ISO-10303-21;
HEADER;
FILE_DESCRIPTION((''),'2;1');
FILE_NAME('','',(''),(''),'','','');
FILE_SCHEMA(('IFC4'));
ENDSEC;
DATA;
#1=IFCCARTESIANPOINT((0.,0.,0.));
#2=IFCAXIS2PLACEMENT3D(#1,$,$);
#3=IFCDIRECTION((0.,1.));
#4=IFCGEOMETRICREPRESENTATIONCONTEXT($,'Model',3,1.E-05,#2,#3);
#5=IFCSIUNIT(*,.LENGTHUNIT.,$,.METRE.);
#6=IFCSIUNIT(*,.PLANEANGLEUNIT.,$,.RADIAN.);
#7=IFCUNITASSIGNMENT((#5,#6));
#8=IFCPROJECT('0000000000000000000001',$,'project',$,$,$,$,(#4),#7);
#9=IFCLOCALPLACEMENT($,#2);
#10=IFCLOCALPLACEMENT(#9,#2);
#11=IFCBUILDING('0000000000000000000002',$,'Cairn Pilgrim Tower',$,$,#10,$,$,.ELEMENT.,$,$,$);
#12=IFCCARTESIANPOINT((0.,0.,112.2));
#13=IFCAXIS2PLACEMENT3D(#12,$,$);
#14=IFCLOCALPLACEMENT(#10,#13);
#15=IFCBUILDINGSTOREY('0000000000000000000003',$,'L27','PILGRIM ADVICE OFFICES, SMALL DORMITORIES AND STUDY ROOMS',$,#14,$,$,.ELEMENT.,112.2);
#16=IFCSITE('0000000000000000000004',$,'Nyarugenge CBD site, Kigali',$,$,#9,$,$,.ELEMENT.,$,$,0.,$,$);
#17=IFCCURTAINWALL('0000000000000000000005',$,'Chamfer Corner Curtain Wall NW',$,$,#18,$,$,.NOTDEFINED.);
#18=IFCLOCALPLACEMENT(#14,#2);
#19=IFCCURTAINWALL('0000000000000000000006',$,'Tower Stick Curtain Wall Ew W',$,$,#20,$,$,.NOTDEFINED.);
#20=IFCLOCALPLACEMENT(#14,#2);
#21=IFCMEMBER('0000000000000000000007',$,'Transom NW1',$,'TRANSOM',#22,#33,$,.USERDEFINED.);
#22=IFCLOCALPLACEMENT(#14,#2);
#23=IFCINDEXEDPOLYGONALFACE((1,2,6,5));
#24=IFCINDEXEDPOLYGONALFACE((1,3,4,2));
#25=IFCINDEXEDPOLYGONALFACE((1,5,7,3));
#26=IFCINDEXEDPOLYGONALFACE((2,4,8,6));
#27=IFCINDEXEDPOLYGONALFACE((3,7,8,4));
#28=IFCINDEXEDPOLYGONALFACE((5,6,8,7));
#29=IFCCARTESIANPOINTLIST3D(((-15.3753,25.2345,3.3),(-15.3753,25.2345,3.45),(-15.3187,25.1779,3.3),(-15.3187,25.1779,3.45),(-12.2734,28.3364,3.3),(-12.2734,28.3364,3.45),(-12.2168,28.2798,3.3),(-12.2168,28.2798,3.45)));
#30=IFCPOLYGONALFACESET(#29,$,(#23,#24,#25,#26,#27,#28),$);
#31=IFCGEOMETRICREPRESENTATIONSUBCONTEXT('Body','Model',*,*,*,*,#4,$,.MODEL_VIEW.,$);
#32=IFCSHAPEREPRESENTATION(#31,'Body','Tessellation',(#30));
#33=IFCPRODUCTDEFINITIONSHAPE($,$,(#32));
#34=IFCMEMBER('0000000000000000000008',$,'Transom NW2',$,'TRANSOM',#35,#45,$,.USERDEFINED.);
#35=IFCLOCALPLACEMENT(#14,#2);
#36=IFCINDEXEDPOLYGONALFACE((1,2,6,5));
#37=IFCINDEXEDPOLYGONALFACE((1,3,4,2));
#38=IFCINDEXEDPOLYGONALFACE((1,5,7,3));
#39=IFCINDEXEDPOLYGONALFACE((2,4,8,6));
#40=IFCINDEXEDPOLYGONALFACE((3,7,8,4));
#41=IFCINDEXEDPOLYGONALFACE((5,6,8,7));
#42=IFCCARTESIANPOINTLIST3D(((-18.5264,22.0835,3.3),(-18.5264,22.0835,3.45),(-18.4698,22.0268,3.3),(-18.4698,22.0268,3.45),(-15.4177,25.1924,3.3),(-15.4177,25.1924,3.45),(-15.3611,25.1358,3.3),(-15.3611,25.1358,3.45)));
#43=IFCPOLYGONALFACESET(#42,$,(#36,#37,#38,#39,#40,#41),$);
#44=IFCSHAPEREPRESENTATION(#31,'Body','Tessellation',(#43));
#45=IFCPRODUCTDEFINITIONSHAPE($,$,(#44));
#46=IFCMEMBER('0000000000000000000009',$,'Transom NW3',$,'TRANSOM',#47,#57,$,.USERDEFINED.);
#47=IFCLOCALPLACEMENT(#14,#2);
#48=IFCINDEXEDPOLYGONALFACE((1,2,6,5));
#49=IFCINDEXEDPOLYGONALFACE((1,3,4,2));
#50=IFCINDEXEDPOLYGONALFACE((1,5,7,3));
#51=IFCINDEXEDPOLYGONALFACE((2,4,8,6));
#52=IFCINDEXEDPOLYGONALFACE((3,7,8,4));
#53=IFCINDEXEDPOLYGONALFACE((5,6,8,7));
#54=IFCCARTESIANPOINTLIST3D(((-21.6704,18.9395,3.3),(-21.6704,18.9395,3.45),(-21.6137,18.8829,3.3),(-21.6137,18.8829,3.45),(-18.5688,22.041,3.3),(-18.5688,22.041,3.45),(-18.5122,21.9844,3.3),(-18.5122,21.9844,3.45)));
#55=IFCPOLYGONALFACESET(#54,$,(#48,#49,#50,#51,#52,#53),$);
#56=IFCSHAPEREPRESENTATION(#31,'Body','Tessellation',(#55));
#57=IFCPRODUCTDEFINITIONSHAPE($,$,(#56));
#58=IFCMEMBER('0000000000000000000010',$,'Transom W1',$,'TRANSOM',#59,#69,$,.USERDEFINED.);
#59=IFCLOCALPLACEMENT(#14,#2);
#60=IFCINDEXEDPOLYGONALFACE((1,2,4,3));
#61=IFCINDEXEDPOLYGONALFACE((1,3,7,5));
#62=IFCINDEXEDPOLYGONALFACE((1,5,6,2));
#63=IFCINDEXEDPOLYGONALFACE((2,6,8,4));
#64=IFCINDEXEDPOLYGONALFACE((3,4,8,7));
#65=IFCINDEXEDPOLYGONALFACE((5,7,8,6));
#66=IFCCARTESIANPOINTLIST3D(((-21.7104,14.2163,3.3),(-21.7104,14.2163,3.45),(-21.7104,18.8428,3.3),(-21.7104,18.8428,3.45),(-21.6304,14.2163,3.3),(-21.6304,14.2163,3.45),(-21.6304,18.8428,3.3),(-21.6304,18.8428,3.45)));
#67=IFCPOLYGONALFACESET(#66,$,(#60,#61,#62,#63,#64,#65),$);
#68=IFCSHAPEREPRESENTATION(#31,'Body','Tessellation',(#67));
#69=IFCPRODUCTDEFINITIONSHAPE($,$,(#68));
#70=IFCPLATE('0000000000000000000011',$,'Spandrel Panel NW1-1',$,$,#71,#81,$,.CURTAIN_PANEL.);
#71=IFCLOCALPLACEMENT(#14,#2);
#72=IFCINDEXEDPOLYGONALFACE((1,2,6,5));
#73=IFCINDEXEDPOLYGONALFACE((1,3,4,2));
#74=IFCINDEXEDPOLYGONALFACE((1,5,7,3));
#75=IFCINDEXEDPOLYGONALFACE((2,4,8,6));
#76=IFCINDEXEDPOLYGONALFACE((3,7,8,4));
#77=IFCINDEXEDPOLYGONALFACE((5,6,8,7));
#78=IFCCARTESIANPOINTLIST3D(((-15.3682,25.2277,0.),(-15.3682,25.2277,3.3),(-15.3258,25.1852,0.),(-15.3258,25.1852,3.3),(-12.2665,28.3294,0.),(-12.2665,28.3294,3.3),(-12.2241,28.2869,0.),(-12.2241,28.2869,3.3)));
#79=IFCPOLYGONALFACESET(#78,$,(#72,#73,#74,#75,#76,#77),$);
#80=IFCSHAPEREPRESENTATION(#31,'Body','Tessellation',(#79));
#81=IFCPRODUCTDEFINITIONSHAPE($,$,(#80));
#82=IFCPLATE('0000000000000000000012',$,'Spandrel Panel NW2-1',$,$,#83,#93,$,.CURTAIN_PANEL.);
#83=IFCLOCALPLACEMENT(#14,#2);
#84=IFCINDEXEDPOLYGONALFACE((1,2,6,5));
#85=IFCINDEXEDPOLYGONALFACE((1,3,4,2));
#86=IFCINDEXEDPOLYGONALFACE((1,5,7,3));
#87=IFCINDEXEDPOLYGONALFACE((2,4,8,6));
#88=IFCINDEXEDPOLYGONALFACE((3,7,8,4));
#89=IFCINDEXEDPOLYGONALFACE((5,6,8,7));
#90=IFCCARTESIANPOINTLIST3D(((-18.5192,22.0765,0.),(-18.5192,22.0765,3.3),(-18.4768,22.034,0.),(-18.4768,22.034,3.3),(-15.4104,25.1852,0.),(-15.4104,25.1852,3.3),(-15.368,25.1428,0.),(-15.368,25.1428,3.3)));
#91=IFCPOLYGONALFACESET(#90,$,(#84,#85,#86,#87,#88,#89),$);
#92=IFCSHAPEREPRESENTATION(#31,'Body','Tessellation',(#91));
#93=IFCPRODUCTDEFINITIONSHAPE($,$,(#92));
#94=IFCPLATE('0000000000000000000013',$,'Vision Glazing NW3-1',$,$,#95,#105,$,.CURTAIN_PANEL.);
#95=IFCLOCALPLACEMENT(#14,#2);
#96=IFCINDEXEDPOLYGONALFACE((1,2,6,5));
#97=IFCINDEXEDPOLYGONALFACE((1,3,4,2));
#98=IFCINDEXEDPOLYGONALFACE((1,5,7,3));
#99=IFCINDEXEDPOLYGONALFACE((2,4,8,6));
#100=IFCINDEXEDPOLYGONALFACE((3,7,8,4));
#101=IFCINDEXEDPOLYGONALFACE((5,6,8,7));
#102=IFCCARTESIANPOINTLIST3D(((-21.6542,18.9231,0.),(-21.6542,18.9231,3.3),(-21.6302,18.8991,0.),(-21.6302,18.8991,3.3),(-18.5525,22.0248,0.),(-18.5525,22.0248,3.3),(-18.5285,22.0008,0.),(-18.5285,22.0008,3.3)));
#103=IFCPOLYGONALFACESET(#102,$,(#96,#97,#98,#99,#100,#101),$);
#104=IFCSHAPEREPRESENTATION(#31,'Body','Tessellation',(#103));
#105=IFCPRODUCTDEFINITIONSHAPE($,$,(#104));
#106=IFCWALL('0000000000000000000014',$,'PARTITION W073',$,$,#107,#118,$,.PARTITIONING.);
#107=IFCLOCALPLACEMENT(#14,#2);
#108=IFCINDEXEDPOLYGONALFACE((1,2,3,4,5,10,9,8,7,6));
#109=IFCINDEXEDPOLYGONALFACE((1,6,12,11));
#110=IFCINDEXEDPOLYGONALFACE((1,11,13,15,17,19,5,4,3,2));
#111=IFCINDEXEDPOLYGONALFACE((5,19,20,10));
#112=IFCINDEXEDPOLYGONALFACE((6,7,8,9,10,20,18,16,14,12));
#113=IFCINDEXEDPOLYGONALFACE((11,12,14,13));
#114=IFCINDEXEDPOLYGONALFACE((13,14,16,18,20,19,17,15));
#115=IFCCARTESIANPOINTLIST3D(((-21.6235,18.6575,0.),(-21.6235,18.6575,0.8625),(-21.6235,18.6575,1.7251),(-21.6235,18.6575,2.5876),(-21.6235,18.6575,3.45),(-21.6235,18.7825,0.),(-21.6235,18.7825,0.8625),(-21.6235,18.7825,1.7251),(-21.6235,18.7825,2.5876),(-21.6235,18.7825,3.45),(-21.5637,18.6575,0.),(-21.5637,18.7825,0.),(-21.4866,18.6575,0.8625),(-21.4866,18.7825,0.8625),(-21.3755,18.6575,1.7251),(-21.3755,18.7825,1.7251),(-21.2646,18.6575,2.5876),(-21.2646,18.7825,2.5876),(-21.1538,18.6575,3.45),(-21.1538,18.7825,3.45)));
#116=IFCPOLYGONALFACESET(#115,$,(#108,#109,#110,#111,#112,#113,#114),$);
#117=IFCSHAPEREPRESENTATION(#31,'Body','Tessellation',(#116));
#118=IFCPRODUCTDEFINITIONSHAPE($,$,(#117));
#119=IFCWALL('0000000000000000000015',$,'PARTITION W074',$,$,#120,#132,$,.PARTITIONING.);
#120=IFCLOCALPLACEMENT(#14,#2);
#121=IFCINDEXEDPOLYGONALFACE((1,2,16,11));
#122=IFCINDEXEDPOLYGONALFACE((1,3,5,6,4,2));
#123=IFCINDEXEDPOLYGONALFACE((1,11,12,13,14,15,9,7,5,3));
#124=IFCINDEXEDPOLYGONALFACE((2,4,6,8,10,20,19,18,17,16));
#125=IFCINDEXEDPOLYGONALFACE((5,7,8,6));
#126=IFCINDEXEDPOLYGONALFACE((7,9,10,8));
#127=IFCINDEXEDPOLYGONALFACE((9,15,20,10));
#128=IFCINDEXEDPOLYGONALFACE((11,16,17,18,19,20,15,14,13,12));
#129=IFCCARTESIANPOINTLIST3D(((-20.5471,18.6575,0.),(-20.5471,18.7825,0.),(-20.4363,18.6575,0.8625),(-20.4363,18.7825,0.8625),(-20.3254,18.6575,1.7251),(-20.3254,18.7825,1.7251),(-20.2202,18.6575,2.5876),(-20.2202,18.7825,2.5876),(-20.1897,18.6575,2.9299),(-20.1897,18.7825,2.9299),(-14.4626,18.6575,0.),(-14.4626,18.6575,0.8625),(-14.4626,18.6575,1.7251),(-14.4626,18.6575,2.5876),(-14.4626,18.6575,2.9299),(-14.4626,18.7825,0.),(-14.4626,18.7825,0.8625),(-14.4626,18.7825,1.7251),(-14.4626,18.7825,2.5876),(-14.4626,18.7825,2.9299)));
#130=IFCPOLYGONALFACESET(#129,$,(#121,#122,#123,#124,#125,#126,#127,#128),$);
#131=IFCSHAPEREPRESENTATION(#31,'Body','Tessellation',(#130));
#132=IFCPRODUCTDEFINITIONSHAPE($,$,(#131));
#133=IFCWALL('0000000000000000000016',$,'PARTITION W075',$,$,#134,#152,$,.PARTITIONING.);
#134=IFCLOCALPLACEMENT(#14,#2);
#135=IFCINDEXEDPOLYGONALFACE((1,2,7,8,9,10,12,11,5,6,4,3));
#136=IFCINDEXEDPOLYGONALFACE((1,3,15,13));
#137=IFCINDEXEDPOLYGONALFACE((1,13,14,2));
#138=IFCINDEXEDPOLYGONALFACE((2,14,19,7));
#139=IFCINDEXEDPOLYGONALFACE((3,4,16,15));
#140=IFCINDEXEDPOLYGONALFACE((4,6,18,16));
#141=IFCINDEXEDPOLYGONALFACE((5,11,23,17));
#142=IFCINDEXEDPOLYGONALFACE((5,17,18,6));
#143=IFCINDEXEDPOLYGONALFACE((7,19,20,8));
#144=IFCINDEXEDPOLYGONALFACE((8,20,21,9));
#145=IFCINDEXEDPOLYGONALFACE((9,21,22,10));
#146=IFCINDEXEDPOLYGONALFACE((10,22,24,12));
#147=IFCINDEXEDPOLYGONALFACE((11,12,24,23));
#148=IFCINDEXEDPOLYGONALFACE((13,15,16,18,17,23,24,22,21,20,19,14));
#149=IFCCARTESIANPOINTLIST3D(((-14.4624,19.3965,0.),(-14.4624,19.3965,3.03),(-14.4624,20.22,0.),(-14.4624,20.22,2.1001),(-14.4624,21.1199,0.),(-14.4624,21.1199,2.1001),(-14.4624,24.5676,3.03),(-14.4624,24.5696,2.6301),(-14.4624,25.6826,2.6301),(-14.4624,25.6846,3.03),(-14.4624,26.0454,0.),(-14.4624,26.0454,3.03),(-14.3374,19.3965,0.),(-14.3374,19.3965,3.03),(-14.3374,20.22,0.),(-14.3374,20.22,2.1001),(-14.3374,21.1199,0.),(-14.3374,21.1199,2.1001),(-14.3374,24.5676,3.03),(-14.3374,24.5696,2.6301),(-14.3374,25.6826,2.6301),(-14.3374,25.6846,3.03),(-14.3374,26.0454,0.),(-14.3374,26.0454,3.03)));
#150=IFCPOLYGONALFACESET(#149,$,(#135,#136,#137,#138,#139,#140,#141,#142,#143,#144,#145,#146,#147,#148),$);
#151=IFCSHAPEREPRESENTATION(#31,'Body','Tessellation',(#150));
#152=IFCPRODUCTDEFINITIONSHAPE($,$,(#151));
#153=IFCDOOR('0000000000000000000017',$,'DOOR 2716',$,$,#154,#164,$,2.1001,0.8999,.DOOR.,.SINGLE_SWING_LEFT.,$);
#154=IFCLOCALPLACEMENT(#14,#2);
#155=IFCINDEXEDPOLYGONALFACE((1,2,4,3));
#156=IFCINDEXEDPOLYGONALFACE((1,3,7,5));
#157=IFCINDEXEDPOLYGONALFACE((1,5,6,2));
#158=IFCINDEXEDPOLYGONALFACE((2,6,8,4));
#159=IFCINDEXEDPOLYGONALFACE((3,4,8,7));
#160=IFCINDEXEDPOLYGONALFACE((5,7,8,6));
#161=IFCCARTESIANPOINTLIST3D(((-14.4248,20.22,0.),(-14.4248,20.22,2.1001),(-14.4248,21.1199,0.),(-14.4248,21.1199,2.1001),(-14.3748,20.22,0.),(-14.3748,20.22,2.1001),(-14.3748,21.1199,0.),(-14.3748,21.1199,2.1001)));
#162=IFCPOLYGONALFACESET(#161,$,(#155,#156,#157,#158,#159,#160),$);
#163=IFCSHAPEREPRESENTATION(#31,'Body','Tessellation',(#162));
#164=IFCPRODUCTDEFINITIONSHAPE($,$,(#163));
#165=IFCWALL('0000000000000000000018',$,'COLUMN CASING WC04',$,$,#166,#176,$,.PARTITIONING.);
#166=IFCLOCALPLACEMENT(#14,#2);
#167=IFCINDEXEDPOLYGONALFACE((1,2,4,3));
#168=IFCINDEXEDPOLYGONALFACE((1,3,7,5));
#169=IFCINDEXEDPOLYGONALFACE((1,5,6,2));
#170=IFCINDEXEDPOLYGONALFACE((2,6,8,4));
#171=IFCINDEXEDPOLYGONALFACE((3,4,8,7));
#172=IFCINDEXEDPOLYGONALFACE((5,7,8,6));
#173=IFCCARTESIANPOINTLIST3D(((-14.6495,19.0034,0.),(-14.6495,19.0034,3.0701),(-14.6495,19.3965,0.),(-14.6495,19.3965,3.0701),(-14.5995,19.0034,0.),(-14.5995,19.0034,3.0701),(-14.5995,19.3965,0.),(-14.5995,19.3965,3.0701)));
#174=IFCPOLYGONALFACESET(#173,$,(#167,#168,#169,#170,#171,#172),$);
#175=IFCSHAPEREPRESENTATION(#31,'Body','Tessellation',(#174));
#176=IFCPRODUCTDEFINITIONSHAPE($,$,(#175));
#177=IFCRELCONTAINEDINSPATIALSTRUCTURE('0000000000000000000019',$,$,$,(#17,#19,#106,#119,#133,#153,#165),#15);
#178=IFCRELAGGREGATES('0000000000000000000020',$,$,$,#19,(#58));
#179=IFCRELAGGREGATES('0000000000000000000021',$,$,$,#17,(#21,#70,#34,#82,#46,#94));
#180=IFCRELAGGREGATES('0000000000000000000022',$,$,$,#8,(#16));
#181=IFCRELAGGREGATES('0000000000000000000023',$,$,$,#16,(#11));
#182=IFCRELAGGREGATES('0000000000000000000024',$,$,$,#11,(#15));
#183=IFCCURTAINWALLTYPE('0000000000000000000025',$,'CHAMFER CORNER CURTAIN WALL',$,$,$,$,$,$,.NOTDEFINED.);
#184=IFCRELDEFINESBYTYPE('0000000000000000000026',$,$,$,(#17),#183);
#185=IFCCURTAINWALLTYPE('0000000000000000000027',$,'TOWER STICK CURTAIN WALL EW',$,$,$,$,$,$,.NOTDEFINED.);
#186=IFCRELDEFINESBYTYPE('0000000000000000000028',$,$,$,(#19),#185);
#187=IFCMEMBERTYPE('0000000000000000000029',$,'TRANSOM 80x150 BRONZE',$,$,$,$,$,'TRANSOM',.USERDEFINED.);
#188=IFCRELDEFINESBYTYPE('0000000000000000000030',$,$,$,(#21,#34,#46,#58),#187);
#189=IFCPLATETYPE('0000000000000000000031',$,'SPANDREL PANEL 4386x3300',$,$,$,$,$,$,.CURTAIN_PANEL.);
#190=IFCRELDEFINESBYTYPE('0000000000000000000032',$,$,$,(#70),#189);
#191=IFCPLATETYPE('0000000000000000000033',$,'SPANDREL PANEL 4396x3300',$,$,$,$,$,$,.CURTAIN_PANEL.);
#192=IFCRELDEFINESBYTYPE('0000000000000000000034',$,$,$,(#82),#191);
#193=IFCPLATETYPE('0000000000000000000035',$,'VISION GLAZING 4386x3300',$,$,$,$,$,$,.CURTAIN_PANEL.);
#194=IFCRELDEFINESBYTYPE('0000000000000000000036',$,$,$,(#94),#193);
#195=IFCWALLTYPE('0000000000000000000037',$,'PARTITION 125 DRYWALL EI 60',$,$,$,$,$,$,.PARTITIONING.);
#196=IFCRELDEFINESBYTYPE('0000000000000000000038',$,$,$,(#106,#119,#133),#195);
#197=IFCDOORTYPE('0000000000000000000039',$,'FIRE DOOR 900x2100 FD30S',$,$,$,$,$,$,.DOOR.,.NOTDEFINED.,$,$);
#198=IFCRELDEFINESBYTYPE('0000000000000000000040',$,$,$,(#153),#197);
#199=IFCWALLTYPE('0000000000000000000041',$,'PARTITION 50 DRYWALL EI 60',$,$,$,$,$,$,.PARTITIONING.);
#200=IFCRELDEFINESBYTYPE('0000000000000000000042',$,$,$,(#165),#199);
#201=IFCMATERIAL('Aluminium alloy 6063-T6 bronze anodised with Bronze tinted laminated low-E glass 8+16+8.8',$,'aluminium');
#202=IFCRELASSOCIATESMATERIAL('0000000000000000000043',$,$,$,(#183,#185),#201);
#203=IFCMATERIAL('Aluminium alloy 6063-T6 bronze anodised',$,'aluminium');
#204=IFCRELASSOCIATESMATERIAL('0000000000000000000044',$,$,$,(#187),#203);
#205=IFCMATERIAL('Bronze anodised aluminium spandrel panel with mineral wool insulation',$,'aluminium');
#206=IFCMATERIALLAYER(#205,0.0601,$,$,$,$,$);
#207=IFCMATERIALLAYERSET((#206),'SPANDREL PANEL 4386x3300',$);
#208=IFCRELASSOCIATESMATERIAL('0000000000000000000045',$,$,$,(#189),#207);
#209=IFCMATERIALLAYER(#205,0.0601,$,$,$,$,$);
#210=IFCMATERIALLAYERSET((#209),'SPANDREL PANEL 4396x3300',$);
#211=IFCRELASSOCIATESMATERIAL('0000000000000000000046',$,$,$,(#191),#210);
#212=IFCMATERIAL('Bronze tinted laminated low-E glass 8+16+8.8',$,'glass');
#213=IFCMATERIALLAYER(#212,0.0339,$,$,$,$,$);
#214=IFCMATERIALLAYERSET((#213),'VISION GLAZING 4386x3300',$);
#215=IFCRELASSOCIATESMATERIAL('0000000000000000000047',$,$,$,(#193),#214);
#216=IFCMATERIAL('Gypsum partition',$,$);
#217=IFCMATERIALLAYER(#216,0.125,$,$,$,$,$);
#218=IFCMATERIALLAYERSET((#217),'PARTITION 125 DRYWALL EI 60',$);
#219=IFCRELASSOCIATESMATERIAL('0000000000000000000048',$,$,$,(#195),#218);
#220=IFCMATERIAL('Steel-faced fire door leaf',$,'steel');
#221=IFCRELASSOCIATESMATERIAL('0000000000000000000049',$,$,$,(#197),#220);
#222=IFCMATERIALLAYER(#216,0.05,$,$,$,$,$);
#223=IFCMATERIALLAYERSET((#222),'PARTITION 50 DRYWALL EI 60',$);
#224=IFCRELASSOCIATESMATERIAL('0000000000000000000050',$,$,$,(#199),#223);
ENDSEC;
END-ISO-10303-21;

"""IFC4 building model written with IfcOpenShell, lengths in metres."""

from ifc_helpers import new_model, si_unit, direction, frame, frame_2d, origin, origin_2d, place, context, subcontext, project, spatial, polyline, rectangle, outline, extrude, material, layer, layer_set, material_profile, profile_set, type_object, element, fill, aggregate, save


model = new_model("IFC4")

# Units and contexts
model_context = context("Model", 3, precision=1e-05, world=origin(), true_north=direction((0.0, 1.0)))
body_context = subcontext(model_context, "Body", "Model", "MODEL_VIEW")
ifc_project = project(units=[si_unit("LENGTHUNIT", "METRE"), si_unit("PLANEANGLEUNIT", "RADIAN")], contexts=[model_context])

# Site, building, storey
site_placement = place(None, origin())
site = spatial("IfcSite", under=ifc_project, at=site_placement, Name="Nyarugenge CBD site, Kigali", CompositionType="ELEMENT", RefElevation=0.0)
building_placement = place(site_placement, origin())
building = spatial("IfcBuilding", under=site, at=building_placement, Name="Cairn Pilgrim Tower", CompositionType="ELEMENT")
storey_placement = place(building_placement, frame((0.0, 0.0, 112.2)))
storey = spatial("IfcBuildingStorey", under=building, at=storey_placement, Name="L27", Description="PILGRIM ADVICE OFFICES, SMALL DORMITORIES AND STUDY ROOMS", CompositionType="ELEMENT", Elevation=112.2)

# Curtain wall
ifc_material_1 = material(Name="Aluminium alloy 6063-T6 bronze anodised with Bronze tinted laminated low-E glass 8+16+8.8", Category="aluminium")
curtain_wall_type_1 = type_object("IfcCurtainWallType", Name="CHAMFER CORNER CURTAIN WALL", PredefinedType="NOTDEFINED", material=ifc_material_1)
curtain_wall_1_placement = place(storey_placement, origin())
curtain_wall_1 = element("IfcCurtainWall", 1, at=curtain_wall_1_placement, inside=storey, type_object=curtain_wall_type_1, Name="Chamfer Corner Curtain Wall NW", PredefinedType="NOTDEFINED")
ifc_material_2 = material(Name="Aluminium alloy 6063-T6 bronze anodised", Category="aluminium")

# Curtain wall
curtain_wall_type_2 = type_object("IfcCurtainWallType", Name="TOWER STICK CURTAIN WALL EW", PredefinedType="NOTDEFINED", material=ifc_material_1)
curtain_wall_2_placement = place(storey_placement, origin())
curtain_wall_2 = element("IfcCurtainWall", 2, at=curtain_wall_2_placement, inside=storey, type_object=curtain_wall_type_2, Name="Tower Stick Curtain Wall Ew W", PredefinedType="NOTDEFINED")

# Members
ifc_material_profile_1 = material_profile(ifc_material_2, rectangle(XDim=0.0801, YDim=0.1499, at=origin_2d()), Name="TRANSOM 80x150 BRONZE")
ifc_profile_set_1 = profile_set([ifc_material_profile_1], Name="Aluminium alloy 6063-T6 bronze anodised")
member_type_1 = type_object("IfcMemberType", Name="TRANSOM 80x150 BRONZE", ElementType="TRANSOM", PredefinedType="USERDEFINED", material=ifc_profile_set_1)
member_1_placement = place(storey_placement, frame((-12.2451, 28.3081, 3.375), z_axis=(-0.707107, -0.707107, 0.0), x_axis=(0.707107, -0.707107, 0.0)))
member_1 = element("IfcMember", 3, at=member_1_placement, type_object=member_type_1, Name="Transom NW1", ObjectType="TRANSOM", PredefinedType="USERDEFINED", context=body_context, shape_type="SweptSolid", body=[
    extrude(rectangle(XDim=0.0801, YDim=0.1499, at=origin_2d()), origin(), (0.0, 0.0, 1.0), 4.3867),
])
member_2_placement = place(storey_placement, frame((-15.3894, 25.1641, 3.375), z_axis=(-0.707079, -0.707135, 0.0), x_axis=(0.707135, -0.707079, 0.0)))
member_2 = element("IfcMember", 4, at=member_2_placement, type_object=member_type_1, Name="Transom NW2", ObjectType="TRANSOM", PredefinedType="USERDEFINED", context=body_context, shape_type="SweptSolid", body=[
    extrude(rectangle(XDim=0.0801, YDim=0.1499, at=origin_2d()), origin(), (0.0, 0.0, 1.0), 4.3965),
])
member_3_placement = place(storey_placement, frame((-18.5405, 22.0127, 3.375), z_axis=(-0.707107, -0.707107, 0.0), x_axis=(0.707107, -0.707107, 0.0)))
member_3 = element("IfcMember", 5, at=member_3_placement, type_object=member_type_1, Name="Transom NW3", ObjectType="TRANSOM", PredefinedType="USERDEFINED", context=body_context, shape_type="SweptSolid", body=[
    extrude(rectangle(XDim=0.0801, YDim=0.1499, at=origin_2d()), origin(), (0.0, 0.0, 1.0), 4.3862),
])
member_4_placement = place(storey_placement, frame((-21.6704, 18.8428, 3.375), z_axis=(0.0, -1.0, 0.0), x_axis=(1.0, 0.0, 0.0)))
member_4 = element("IfcMember", 6, at=member_4_placement, type_object=member_type_1, Name="Transom W1", ObjectType="TRANSOM", PredefinedType="USERDEFINED", context=body_context, shape_type="SweptSolid", body=[
    extrude(rectangle(XDim=0.0801, YDim=0.1499, at=origin_2d()), origin(), (0.0, 0.0, 1.0), 4.6265),
])
aggregate(curtain_wall_2, [member_4])

# Plates
ifc_material_3 = material(Name="Bronze anodised aluminium spandrel panel with mineral wool insulation", Category="aluminium")
ifc_layer_1 = layer(ifc_material_3, 0.0601)
ifc_layer_set_1 = layer_set([ifc_layer_1], Name="SPANDREL PANEL 4386x3300")
plate_type_1 = type_object("IfcPlateType", Name="SPANDREL PANEL 4386x3300", PredefinedType="CURTAIN_PANEL", material=ifc_layer_set_1)
plate_1_placement = place(storey_placement, frame((-13.7961, 26.7573, 0.0), z_axis=(0.0, 0.0, 1.0), x_axis=(-0.707107, -0.707107, 0.0)))
plate_1 = element("IfcPlate", 7, at=plate_1_placement, type_object=plate_type_1, Name="Spandrel Panel NW1-1", PredefinedType="CURTAIN_PANEL", context=body_context, shape_type="SweptSolid", body=[
    extrude(rectangle(XDim=4.3865, YDim=0.0601, at=origin_2d()), origin(), (0.0, 0.0, 1.0), 3.3),
])
ifc_layer_2 = layer(ifc_material_3, 0.0601)
ifc_layer_set_2 = layer_set([ifc_layer_2], Name="SPANDREL PANEL 4396x3300")
plate_type_2 = type_object("IfcPlateType", Name="SPANDREL PANEL 4396x3300", PredefinedType="CURTAIN_PANEL", material=ifc_layer_set_2)
plate_2_placement = place(storey_placement, frame((-16.9436, 23.6096, 0.0), z_axis=(0.0, 0.0, 1.0), x_axis=(-0.707107, -0.707107, 0.0)))
plate_2 = element("IfcPlate", 8, at=plate_2_placement, type_object=plate_type_2, Name="Spandrel Panel NW2-1", PredefinedType="CURTAIN_PANEL", context=body_context, shape_type="SweptSolid", body=[
    extrude(rectangle(XDim=4.3965, YDim=0.0601, at=origin_2d()), origin(), (0.0, 0.0, 1.0), 3.3),
])
ifc_material_4 = material(Name="Bronze tinted laminated low-E glass 8+16+8.8", Category="glass")
ifc_layer_3 = layer(ifc_material_4, 0.0339)
ifc_layer_set_3 = layer_set([ifc_layer_3], Name="VISION GLAZING 4386x3300")
plate_type_3 = type_object("IfcPlateType", Name="VISION GLAZING 4386x3300", PredefinedType="CURTAIN_PANEL", material=ifc_layer_set_3)
plate_3_placement = place(storey_placement, frame((-20.0913, 20.4619, 0.0), z_axis=(0.0, 0.0, 1.0), x_axis=(-0.707107, -0.707107, 0.0)))
plate_3 = element("IfcPlate", 9, at=plate_3_placement, type_object=plate_type_3, Name="Vision Glazing NW3-1", PredefinedType="CURTAIN_PANEL", context=body_context, shape_type="SweptSolid", body=[
    extrude(rectangle(XDim=4.3865, YDim=0.0339, at=origin_2d()), origin(), (0.0, 0.0, 1.0), 3.3),
])
aggregate(curtain_wall_1, [member_1, plate_1, member_2, plate_2, member_3, plate_3])

# Walls
ifc_material_5 = material(Name="Gypsum partition")
ifc_layer_4 = layer(ifc_material_5, 0.125)
ifc_layer_set_4 = layer_set([ifc_layer_4], Name="PARTITION 125 DRYWALL EI 60")
wall_type_1 = type_object("IfcWallType", Name="PARTITION 125 DRYWALL EI 60", PredefinedType="PARTITIONING", material=ifc_layer_set_4)
wall_1_placement = place(storey_placement, frame((-21.6235, 18.72, 0.0), z_axis=(0.0, 0.0, 1.0), x_axis=(1.0, 0.0, 0.0)))
element("IfcWall", 10, at=wall_1_placement, inside=storey, type_object=wall_type_1, Name="PARTITION W073", PredefinedType="PARTITIONING", context=body_context, shape_type="SweptSolid", body=[
    extrude(outline(polyline([(0.0, 0.0), (0.0598, 0.0), (0.137, 0.8625), (0.248, 1.7251), (0.3589, 2.5876), (0.4697, 3.45), (0.0, 3.45), (0.0, 2.5876), (0.0, 1.7251), (0.0, 0.8625), (0.0, 0.0)])), frame((0.0, 0.0625, 0.0), z_axis=(0.0, -1.0, 0.0), x_axis=(1.0, 0.0, 0.0)), (0.0, 0.0, 1.0), 0.125),
])
wall_2_placement = place(storey_placement, frame((-20.5471, 18.72, 0.0), z_axis=(0.0, 0.0, 1.0), x_axis=(1.0, 0.0, 0.0)))
element("IfcWall", 11, at=wall_2_placement, inside=storey, type_object=wall_type_1, Name="PARTITION W074", PredefinedType="PARTITIONING", context=body_context, shape_type="SweptSolid", body=[
    extrude(outline(polyline([(0.0, 0.0), (6.0845, 0.0), (6.0845, 0.8625), (6.0845, 1.7251), (6.0845, 2.5876), (6.0845, 2.9299), (0.3574, 2.9299), (0.3269, 2.5876), (0.2217, 1.7251), (0.1108, 0.8625), (0.0, 0.0)])), frame((0.0, 0.0625, 0.0), z_axis=(0.0, -1.0, 0.0), x_axis=(1.0, 0.0, 0.0)), (0.0, 0.0, 1.0), 0.125),
])

# Wall, opening, door
wall_3_placement = place(storey_placement, frame((-14.3999, 19.3965, 0.0), z_axis=(0.0, 0.0, 1.0), x_axis=(0.0, 1.0, 0.0)))
wall_3 = element("IfcWall", 12, at=wall_3_placement, inside=storey, type_object=wall_type_1, Name="PARTITION W075", PredefinedType="PARTITIONING", context=body_context, shape_type="SweptSolid", body=[
    extrude(outline(polyline([(0.0, 0.0), (6.6489, 0.0), (6.6489, 3.03), (6.2881, 3.03), (6.2861, 2.6301), (5.1731, 2.6301), (5.1711, 3.03), (0.0, 3.03), (0.0, 0.0)])), frame((0.0, 0.0625, 0.0), z_axis=(0.0, -1.0, 0.0), x_axis=(1.0, 0.0, 0.0)), (0.0, 0.0, 1.0), 0.125),
])
opening_placement = place(wall_3_placement, frame((0.8235, 0.0, 0.0)))
opening = element("IfcOpeningElement", 13, at=opening_placement, cuts=wall_3, PredefinedType="OPENING", context=body_context, shape_type="SweptSolid", body=[
    extrude(rectangle(XDim=0.8999, YDim=2.1001, at=frame_2d((0.45, 1.05))), frame((0.0, 0.0725, 0.0), z_axis=(0.0, -1.0, 0.0), x_axis=(1.0, 0.0, 0.0)), (0.0, 0.0, 1.0), 0.145),
])
ifc_material_6 = material(Name="Steel-faced fire door leaf", Category="steel")
door_type = type_object("IfcDoorType", Name="FIRE DOOR 900x2100 FD30S", OperationType="NOTDEFINED", PredefinedType="DOOR", material=ifc_material_6)
door_placement = place(opening_placement, origin())
door = element("IfcDoor", 14, at=door_placement, inside=storey, type_object=door_type, Name="DOOR 2716", OperationType="SINGLE_SWING_LEFT", OverallHeight=2.1001, OverallWidth=0.8999, PredefinedType="DOOR", context=body_context, shape_type="SweptSolid", body=[
    extrude(rectangle(XDim=0.8999, YDim=2.1001, at=frame_2d((0.45, 1.05))), frame((0.0, 0.0249, 0.0), z_axis=(0.0, -1.0, 0.0), x_axis=(1.0, 0.0, 0.0)), (0.0, 0.0, 1.0), 0.05),
])
fill(opening, door)

# Wall
ifc_layer_5 = layer(ifc_material_5, 0.05)
ifc_layer_set_5 = layer_set([ifc_layer_5], Name="PARTITION 50 DRYWALL EI 60")
wall_type_2 = type_object("IfcWallType", Name="PARTITION 50 DRYWALL EI 60", PredefinedType="PARTITIONING", material=ifc_layer_set_5)
wall_4_placement = place(storey_placement, frame((-14.6245, 19.0034, 0.0), z_axis=(0.0, 0.0, 1.0), x_axis=(0.0, 1.0, 0.0)))
element("IfcWall", 15, at=wall_4_placement, inside=storey, type_object=wall_type_2, Name="COLUMN CASING WC04", PredefinedType="PARTITIONING", context=body_context, shape_type="SweptSolid", body=[
    extrude(rectangle(XDim=0.3931, YDim=0.05, at=frame_2d((0.1965, 0.0))), origin(), (0.0, 0.0, 1.0), 3.0701),
])

save(model, "model.ifc")
